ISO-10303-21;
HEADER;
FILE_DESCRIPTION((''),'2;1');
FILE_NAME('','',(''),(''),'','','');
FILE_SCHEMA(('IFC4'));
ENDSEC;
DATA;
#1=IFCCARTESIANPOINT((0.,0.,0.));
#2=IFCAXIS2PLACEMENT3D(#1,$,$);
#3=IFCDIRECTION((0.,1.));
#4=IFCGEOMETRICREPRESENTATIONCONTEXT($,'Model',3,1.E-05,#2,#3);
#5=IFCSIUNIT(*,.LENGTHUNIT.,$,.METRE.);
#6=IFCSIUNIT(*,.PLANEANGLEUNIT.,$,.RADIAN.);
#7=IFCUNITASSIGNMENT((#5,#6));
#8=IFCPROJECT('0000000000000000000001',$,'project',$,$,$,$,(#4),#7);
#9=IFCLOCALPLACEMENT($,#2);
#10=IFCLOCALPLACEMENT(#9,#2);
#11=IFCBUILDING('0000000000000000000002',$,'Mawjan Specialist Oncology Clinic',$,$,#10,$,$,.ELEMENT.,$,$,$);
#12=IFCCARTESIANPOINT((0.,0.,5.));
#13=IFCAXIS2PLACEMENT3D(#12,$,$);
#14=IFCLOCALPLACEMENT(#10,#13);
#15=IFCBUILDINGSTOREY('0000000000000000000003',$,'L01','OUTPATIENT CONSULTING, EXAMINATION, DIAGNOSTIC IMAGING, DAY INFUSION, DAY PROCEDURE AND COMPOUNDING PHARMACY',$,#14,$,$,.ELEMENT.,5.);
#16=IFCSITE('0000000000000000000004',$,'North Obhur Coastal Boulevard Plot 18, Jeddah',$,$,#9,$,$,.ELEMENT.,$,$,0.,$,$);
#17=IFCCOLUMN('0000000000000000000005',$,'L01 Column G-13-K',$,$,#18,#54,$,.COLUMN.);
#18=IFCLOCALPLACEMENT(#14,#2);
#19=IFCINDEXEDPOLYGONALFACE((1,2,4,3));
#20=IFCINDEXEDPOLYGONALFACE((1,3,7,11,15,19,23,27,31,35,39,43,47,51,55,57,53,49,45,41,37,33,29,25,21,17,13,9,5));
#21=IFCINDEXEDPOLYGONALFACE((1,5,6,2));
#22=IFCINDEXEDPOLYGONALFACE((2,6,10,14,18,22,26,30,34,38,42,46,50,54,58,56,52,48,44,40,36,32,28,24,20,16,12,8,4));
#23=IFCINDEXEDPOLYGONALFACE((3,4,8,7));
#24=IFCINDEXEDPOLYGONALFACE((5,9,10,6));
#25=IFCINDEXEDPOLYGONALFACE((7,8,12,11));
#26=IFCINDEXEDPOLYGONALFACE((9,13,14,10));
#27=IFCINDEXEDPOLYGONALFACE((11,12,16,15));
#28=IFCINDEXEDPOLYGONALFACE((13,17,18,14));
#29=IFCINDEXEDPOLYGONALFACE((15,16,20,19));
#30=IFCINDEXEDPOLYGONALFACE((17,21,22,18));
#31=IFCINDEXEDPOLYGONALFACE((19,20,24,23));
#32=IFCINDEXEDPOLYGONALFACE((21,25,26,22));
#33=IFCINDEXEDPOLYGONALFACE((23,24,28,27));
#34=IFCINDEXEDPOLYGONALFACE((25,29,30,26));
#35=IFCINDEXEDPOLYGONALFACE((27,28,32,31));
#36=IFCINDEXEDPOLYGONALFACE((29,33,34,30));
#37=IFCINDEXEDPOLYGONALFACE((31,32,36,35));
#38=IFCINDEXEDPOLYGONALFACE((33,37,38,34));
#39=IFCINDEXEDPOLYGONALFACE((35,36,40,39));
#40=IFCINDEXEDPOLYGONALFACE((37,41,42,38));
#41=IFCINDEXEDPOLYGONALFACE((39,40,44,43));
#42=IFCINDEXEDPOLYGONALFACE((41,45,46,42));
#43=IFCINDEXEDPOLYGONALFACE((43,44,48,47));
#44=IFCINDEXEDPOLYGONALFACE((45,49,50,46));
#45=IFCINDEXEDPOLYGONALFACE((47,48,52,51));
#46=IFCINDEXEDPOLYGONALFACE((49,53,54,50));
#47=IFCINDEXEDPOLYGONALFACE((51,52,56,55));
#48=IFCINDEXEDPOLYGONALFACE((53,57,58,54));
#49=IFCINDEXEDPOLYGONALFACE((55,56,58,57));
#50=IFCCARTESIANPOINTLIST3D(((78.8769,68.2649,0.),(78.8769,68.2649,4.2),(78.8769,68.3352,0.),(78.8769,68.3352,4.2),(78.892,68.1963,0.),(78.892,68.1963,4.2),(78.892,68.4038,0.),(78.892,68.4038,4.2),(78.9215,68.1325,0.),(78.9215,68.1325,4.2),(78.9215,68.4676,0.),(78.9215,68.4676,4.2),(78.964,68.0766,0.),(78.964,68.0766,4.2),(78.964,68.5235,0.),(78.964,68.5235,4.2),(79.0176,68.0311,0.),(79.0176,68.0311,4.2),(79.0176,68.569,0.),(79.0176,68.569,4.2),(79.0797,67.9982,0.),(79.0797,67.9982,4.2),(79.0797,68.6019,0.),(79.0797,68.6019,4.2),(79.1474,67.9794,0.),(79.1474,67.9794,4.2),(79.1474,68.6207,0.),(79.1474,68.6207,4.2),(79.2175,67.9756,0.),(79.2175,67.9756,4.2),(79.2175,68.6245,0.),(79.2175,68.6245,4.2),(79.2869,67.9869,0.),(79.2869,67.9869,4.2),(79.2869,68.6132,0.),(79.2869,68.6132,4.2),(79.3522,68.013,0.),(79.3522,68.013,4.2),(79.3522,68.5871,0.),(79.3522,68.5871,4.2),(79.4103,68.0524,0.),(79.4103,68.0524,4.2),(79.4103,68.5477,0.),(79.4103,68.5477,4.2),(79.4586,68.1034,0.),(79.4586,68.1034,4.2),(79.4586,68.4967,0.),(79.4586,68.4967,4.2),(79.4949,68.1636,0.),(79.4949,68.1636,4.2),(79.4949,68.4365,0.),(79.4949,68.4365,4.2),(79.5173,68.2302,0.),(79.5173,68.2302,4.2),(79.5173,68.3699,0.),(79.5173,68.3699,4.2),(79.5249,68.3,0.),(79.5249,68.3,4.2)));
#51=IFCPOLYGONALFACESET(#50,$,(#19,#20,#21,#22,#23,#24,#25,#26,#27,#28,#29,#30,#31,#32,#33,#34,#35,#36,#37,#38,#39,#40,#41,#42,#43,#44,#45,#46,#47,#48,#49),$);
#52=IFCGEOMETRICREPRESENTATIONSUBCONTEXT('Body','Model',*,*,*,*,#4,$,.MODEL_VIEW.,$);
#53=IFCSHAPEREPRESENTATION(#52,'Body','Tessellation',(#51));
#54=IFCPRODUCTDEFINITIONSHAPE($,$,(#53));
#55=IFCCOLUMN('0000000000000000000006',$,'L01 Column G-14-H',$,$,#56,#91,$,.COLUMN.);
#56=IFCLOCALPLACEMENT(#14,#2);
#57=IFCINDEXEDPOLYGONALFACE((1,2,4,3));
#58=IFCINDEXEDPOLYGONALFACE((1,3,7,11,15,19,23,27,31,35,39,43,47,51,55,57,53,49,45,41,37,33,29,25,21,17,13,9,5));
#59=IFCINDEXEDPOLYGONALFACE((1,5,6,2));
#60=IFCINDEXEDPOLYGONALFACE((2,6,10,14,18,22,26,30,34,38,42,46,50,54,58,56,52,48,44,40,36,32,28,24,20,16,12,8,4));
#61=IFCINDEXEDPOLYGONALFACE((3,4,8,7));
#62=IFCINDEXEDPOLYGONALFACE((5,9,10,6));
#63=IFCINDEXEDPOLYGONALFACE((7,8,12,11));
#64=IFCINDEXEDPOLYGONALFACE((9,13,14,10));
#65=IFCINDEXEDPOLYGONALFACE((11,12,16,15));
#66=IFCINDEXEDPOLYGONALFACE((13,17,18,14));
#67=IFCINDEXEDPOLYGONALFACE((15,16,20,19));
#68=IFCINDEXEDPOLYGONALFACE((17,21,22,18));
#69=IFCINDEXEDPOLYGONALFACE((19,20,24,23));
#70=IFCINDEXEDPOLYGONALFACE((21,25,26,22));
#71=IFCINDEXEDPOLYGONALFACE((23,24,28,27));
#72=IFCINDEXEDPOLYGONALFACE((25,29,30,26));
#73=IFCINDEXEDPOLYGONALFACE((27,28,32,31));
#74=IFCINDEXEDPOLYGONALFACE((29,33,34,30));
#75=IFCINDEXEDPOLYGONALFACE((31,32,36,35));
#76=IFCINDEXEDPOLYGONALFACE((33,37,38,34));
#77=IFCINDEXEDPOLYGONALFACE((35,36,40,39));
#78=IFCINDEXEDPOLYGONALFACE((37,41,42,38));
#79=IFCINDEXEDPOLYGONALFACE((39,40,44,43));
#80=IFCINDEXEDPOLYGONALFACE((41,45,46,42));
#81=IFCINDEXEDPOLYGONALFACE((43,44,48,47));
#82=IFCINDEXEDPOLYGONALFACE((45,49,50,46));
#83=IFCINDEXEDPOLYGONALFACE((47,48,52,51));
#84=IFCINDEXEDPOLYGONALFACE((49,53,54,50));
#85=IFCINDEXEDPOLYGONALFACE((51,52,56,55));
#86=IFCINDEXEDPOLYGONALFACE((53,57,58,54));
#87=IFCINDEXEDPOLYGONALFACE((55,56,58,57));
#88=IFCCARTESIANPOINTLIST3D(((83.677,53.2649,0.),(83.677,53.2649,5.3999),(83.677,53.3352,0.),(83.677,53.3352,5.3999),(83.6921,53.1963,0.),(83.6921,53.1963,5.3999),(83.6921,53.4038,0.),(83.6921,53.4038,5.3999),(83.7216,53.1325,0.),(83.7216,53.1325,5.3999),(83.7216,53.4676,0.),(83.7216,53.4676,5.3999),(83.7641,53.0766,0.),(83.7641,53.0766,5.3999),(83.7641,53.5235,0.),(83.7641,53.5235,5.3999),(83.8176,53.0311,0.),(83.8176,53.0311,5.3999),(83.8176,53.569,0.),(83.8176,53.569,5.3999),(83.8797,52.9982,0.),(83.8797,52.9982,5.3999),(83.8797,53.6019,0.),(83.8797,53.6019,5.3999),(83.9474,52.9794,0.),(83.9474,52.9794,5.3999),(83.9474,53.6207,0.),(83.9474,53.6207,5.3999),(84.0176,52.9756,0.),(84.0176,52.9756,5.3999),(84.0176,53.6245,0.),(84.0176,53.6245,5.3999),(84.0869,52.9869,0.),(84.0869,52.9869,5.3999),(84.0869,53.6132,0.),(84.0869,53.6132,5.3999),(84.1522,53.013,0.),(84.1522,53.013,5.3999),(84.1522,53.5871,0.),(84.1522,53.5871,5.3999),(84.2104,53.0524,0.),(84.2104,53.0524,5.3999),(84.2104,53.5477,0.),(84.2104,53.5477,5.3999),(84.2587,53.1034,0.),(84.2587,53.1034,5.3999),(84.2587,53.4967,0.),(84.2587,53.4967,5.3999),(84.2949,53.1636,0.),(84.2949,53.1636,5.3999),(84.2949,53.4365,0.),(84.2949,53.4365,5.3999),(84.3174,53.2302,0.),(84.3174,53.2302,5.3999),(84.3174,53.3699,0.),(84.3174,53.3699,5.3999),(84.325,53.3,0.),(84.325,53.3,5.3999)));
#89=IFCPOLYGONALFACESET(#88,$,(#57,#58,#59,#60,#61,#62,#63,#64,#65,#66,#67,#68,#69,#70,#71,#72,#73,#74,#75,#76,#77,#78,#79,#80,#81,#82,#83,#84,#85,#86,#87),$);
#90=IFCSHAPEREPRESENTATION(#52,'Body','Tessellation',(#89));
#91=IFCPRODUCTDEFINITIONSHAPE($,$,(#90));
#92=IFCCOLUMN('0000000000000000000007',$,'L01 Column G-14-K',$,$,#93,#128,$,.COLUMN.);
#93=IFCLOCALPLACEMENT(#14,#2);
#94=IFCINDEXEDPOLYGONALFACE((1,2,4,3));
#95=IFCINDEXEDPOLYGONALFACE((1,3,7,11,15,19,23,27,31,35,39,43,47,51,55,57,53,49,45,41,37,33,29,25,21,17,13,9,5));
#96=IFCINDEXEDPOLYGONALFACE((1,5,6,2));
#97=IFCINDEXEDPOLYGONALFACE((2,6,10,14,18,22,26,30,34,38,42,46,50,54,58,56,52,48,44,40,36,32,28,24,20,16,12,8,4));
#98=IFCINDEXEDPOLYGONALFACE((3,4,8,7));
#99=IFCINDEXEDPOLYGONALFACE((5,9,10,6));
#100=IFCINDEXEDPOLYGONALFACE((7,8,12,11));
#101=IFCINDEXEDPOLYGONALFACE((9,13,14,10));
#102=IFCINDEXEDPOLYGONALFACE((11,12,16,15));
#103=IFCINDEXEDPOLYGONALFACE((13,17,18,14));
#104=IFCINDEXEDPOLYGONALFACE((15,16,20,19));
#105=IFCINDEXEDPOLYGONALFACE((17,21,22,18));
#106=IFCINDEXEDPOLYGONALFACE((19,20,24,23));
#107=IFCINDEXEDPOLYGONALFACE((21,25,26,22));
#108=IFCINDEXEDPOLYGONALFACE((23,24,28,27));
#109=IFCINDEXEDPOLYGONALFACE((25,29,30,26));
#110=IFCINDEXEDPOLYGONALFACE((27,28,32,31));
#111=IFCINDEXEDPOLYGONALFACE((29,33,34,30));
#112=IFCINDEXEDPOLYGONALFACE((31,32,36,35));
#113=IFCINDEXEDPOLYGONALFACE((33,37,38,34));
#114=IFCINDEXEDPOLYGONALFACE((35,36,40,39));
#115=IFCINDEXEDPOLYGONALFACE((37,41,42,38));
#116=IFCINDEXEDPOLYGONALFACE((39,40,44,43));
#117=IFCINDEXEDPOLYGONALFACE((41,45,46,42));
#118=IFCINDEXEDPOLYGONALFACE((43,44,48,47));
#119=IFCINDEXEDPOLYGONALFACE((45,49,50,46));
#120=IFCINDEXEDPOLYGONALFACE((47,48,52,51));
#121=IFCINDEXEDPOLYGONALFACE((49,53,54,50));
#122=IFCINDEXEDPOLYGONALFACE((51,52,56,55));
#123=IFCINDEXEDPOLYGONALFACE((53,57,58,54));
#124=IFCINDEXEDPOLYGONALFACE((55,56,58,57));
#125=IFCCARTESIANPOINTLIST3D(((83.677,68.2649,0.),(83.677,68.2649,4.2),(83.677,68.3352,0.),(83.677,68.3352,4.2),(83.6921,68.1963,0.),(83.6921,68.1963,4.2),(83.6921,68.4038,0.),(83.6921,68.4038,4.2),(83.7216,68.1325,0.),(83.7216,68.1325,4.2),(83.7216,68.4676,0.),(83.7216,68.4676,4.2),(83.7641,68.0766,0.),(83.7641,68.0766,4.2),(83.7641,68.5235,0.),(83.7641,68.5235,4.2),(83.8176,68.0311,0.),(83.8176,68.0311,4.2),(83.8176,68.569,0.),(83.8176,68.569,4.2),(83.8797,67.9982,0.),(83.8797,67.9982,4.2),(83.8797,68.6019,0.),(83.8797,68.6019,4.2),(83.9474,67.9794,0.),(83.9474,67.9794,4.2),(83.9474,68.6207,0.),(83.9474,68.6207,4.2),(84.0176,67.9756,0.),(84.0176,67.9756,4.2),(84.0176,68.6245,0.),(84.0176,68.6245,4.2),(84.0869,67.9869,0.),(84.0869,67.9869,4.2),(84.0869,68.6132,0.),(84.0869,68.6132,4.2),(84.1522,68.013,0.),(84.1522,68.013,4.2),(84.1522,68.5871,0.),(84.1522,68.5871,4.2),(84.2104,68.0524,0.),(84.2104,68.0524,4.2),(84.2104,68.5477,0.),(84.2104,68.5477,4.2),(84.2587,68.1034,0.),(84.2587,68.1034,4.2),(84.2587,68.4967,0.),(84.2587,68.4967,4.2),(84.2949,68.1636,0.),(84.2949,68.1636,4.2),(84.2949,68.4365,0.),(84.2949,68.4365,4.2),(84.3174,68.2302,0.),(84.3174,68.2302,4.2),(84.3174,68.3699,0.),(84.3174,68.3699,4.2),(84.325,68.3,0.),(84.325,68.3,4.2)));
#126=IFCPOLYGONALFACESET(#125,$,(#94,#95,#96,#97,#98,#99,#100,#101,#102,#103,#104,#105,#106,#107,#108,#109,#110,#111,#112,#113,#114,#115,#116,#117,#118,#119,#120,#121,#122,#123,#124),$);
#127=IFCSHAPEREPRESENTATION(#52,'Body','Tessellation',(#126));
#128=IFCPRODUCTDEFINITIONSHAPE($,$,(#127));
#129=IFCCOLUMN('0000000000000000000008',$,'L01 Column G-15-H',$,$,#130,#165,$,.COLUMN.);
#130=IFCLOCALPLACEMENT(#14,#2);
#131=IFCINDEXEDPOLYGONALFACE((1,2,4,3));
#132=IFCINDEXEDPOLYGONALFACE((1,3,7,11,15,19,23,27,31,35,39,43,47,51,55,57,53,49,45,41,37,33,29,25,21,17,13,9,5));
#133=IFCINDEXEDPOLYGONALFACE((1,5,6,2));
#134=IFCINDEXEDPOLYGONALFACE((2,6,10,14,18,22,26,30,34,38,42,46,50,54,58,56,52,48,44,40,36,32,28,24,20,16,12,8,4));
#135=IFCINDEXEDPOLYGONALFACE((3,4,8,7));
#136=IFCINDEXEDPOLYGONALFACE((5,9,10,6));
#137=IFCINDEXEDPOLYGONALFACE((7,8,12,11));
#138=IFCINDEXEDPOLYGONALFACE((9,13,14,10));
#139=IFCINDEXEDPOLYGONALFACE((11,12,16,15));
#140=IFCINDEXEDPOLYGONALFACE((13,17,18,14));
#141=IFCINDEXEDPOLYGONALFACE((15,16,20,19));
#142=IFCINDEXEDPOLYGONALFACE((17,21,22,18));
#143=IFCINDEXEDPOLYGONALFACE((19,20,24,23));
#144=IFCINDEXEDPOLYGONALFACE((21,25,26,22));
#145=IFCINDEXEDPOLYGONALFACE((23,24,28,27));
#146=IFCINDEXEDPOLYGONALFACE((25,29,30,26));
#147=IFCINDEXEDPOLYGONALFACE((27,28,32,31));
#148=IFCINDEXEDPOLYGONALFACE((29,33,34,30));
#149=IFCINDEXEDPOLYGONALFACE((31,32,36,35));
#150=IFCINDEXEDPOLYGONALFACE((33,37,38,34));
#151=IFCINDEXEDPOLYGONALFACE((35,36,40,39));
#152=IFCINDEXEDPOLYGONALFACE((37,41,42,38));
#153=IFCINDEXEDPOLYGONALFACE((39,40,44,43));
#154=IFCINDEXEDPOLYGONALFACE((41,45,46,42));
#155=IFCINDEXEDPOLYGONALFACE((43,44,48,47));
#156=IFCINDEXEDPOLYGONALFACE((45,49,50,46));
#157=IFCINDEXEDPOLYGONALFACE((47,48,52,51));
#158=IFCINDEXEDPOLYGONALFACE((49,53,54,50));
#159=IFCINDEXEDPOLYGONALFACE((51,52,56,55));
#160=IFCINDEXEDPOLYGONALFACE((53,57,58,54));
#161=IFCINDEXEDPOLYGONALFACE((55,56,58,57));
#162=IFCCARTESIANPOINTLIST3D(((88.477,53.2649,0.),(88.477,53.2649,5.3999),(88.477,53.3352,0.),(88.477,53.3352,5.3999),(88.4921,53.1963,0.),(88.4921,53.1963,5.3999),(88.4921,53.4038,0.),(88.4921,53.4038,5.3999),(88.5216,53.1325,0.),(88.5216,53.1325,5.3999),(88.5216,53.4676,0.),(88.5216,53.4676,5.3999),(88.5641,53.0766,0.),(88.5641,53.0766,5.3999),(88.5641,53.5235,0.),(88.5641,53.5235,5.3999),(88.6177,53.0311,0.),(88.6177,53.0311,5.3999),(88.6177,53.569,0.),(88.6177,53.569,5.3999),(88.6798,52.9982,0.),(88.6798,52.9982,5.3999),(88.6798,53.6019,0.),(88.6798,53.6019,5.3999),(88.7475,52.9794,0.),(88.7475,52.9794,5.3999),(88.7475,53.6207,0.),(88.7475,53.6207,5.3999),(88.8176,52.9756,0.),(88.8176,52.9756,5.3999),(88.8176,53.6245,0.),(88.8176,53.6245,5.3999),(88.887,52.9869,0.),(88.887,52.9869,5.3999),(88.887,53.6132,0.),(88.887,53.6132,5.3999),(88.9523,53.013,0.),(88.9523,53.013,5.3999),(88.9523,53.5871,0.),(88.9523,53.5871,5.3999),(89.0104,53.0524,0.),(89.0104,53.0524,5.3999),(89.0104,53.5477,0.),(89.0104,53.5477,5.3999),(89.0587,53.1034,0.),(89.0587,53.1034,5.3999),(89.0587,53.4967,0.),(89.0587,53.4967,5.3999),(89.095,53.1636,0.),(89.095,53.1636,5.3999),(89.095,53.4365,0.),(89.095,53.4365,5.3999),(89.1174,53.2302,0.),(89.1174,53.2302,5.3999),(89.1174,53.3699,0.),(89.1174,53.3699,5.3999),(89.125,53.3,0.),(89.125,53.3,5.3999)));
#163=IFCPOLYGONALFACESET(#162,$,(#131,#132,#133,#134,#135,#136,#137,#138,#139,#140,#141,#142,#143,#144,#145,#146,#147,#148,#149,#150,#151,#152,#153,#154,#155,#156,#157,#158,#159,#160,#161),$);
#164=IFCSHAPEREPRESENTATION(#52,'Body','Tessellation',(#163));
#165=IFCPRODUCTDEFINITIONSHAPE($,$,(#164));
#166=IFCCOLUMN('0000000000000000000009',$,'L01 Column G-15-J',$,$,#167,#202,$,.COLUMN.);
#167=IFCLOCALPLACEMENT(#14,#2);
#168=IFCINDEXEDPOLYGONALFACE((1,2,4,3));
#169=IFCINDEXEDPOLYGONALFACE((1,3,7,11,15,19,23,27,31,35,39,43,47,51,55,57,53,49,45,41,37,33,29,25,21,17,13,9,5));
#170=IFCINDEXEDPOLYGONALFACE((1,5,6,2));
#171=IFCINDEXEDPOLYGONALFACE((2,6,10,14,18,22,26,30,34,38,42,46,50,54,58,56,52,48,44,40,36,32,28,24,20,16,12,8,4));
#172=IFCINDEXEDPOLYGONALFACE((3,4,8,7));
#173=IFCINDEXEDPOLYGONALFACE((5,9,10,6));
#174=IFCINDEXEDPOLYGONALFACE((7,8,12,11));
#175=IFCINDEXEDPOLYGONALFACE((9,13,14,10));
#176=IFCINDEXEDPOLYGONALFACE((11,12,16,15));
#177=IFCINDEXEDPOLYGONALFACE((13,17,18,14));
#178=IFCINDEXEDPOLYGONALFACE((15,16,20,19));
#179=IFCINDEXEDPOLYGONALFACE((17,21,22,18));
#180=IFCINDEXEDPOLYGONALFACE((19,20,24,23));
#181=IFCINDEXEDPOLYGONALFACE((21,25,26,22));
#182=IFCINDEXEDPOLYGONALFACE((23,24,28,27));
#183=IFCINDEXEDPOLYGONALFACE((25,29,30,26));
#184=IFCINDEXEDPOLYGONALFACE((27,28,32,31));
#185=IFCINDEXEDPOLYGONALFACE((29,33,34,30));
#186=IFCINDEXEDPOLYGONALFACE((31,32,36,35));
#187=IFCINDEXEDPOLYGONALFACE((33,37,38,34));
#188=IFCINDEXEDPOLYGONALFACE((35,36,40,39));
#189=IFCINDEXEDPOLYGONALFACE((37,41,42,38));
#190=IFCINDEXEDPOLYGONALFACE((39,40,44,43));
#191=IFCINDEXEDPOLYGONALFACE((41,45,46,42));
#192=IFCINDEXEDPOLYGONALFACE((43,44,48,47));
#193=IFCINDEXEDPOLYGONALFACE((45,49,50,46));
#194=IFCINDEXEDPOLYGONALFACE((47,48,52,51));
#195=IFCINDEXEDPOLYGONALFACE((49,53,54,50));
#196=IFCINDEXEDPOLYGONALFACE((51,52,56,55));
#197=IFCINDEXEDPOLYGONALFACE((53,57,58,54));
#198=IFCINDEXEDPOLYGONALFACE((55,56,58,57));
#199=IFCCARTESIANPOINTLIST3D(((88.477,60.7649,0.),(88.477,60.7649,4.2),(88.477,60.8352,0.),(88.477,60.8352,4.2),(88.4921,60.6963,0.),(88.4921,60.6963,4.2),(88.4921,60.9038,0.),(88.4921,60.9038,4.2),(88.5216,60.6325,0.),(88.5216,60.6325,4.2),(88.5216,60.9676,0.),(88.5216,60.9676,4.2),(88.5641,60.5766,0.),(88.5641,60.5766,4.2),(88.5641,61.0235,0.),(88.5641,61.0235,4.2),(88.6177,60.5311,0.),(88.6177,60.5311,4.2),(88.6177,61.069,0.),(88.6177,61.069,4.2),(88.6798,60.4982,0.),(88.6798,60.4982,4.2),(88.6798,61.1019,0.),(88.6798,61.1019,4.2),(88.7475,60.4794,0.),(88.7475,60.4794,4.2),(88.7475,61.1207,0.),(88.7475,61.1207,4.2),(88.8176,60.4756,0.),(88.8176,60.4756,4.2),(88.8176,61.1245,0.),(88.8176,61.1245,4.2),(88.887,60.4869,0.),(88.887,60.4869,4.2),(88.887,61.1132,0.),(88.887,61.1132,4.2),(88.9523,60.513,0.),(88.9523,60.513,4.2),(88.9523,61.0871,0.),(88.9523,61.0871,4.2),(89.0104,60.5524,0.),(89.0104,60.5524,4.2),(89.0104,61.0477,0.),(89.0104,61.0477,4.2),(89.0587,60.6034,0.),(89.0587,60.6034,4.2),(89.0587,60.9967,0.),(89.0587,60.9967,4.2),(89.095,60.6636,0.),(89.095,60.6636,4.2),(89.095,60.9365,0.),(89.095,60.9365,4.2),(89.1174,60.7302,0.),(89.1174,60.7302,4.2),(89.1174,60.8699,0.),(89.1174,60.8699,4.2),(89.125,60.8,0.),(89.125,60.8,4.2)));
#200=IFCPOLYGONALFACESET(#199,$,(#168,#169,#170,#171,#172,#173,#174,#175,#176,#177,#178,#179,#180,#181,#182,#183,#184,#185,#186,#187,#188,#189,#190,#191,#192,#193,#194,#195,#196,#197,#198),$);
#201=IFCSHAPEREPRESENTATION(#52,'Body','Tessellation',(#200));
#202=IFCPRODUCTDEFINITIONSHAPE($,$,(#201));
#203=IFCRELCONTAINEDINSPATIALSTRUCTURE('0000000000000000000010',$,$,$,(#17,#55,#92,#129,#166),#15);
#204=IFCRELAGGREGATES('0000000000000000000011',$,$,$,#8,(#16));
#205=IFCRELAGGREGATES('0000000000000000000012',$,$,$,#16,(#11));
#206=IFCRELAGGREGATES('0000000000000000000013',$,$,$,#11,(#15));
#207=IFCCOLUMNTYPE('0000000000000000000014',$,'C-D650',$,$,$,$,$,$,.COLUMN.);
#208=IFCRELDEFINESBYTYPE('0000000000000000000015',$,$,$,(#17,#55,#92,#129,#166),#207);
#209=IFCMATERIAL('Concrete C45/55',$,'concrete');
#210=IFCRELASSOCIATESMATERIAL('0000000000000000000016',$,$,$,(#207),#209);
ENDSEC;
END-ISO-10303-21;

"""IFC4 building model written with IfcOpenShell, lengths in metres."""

from ifc_helpers import new_model, si_unit, direction, frame, origin, origin_2d, place, context, subcontext, project, spatial, circle, extrude, material, material_profile, profile_set, type_object, element, save


model = new_model("IFC4")

# Units and contexts
model_context = context("Model", 3, precision=1e-05, world=origin(), true_north=direction((0.0, 1.0)))
body_context = subcontext(model_context, "Body", "Model", "MODEL_VIEW")
ifc_project = project(units=[si_unit("LENGTHUNIT", "METRE"), si_unit("PLANEANGLEUNIT", "RADIAN")], contexts=[model_context])

# Site, building, storey
site_placement = place(None, origin())
site = spatial("IfcSite", under=ifc_project, at=site_placement, Name="North Obhur Coastal Boulevard Plot 18, Jeddah", CompositionType="ELEMENT", RefElevation=0.0)
building_placement = place(site_placement, origin())
building = spatial("IfcBuilding", under=site, at=building_placement, Name="Mawjan Specialist Oncology Clinic", CompositionType="ELEMENT")
storey_placement = place(building_placement, frame((0.0, 0.0, 5.0)))
storey = spatial("IfcBuildingStorey", under=building, at=storey_placement, Name="L01", Description="OUTPATIENT CONSULTING, EXAMINATION, DIAGNOSTIC IMAGING, DAY INFUSION, DAY PROCEDURE AND COMPOUNDING PHARMACY", CompositionType="ELEMENT", Elevation=5.0)

# Columns
ifc_material_1 = material(Name="Concrete C45/55", Category="concrete")
ifc_material_profile_1 = material_profile(ifc_material_1, circle(Radius=0.325, at=origin_2d()), Name="RC COL D650", Category="concrete")
ifc_profile_set_1 = profile_set([ifc_material_profile_1], Name="Concrete C45/55")
column_type = type_object("IfcColumnType", Name="C-D650", PredefinedType="COLUMN", material=ifc_profile_set_1)
column_1_placement = place(storey_placement, frame((79.2, 68.3, 0.0), z_axis=(0.0, 0.0, 1.0), x_axis=(1.0, 0.0, 0.0)))
element("IfcColumn", 1, at=column_1_placement, inside=storey, type_object=column_type, Name="L01 Column G-13-K", PredefinedType="COLUMN", context=body_context, shape_type="SweptSolid", body=[
    extrude(circle(Radius=0.325, at=origin_2d()), origin(), (0.0, 0.0, 1.0), 4.2),
])
column_2_placement = place(storey_placement, frame((84.0, 53.3, 0.0), z_axis=(0.0, 0.0, 1.0), x_axis=(1.0, 0.0, 0.0)))
element("IfcColumn", 2, at=column_2_placement, inside=storey, type_object=column_type, Name="L01 Column G-14-H", PredefinedType="COLUMN", context=body_context, shape_type="SweptSolid", body=[
    extrude(circle(Radius=0.325, at=origin_2d()), origin(), (0.0, 0.0, 1.0), 5.3999),
])
column_3_placement = place(storey_placement, frame((84.0, 68.3, 0.0), z_axis=(0.0, 0.0, 1.0), x_axis=(1.0, 0.0, 0.0)))
element("IfcColumn", 3, at=column_3_placement, inside=storey, type_object=column_type, Name="L01 Column G-14-K", PredefinedType="COLUMN", context=body_context, shape_type="SweptSolid", body=[
    extrude(circle(Radius=0.325, at=origin_2d()), origin(), (0.0, 0.0, 1.0), 4.2),
])
column_4_placement = place(storey_placement, frame((88.8, 53.3, 0.0), z_axis=(0.0, 0.0, 1.0), x_axis=(1.0, 0.0, 0.0)))
element("IfcColumn", 4, at=column_4_placement, inside=storey, type_object=column_type, Name="L01 Column G-15-H", PredefinedType="COLUMN", context=body_context, shape_type="SweptSolid", body=[
    extrude(circle(Radius=0.325, at=origin_2d()), origin(), (0.0, 0.0, 1.0), 5.3999),
])
for number, where, z_axis, x_axis, name in (
    (5, (88.8, 60.8, 0.0), (0.0, 0.0, 1.0), (1.0, 0.0, 0.0), "L01 Column G-15-J"),
):
    element("IfcColumn", number, at=place(storey_placement, frame(where, z_axis=z_axis, x_axis=x_axis)), inside=storey, type_object=column_type, Name=name, PredefinedType="COLUMN", context=body_context, shape_type="SweptSolid", body=[
        extrude(circle(Radius=0.325, at=origin_2d()), origin(), (0.0, 0.0, 1.0), 4.2),
    ])

save(model, "model.ifc")
